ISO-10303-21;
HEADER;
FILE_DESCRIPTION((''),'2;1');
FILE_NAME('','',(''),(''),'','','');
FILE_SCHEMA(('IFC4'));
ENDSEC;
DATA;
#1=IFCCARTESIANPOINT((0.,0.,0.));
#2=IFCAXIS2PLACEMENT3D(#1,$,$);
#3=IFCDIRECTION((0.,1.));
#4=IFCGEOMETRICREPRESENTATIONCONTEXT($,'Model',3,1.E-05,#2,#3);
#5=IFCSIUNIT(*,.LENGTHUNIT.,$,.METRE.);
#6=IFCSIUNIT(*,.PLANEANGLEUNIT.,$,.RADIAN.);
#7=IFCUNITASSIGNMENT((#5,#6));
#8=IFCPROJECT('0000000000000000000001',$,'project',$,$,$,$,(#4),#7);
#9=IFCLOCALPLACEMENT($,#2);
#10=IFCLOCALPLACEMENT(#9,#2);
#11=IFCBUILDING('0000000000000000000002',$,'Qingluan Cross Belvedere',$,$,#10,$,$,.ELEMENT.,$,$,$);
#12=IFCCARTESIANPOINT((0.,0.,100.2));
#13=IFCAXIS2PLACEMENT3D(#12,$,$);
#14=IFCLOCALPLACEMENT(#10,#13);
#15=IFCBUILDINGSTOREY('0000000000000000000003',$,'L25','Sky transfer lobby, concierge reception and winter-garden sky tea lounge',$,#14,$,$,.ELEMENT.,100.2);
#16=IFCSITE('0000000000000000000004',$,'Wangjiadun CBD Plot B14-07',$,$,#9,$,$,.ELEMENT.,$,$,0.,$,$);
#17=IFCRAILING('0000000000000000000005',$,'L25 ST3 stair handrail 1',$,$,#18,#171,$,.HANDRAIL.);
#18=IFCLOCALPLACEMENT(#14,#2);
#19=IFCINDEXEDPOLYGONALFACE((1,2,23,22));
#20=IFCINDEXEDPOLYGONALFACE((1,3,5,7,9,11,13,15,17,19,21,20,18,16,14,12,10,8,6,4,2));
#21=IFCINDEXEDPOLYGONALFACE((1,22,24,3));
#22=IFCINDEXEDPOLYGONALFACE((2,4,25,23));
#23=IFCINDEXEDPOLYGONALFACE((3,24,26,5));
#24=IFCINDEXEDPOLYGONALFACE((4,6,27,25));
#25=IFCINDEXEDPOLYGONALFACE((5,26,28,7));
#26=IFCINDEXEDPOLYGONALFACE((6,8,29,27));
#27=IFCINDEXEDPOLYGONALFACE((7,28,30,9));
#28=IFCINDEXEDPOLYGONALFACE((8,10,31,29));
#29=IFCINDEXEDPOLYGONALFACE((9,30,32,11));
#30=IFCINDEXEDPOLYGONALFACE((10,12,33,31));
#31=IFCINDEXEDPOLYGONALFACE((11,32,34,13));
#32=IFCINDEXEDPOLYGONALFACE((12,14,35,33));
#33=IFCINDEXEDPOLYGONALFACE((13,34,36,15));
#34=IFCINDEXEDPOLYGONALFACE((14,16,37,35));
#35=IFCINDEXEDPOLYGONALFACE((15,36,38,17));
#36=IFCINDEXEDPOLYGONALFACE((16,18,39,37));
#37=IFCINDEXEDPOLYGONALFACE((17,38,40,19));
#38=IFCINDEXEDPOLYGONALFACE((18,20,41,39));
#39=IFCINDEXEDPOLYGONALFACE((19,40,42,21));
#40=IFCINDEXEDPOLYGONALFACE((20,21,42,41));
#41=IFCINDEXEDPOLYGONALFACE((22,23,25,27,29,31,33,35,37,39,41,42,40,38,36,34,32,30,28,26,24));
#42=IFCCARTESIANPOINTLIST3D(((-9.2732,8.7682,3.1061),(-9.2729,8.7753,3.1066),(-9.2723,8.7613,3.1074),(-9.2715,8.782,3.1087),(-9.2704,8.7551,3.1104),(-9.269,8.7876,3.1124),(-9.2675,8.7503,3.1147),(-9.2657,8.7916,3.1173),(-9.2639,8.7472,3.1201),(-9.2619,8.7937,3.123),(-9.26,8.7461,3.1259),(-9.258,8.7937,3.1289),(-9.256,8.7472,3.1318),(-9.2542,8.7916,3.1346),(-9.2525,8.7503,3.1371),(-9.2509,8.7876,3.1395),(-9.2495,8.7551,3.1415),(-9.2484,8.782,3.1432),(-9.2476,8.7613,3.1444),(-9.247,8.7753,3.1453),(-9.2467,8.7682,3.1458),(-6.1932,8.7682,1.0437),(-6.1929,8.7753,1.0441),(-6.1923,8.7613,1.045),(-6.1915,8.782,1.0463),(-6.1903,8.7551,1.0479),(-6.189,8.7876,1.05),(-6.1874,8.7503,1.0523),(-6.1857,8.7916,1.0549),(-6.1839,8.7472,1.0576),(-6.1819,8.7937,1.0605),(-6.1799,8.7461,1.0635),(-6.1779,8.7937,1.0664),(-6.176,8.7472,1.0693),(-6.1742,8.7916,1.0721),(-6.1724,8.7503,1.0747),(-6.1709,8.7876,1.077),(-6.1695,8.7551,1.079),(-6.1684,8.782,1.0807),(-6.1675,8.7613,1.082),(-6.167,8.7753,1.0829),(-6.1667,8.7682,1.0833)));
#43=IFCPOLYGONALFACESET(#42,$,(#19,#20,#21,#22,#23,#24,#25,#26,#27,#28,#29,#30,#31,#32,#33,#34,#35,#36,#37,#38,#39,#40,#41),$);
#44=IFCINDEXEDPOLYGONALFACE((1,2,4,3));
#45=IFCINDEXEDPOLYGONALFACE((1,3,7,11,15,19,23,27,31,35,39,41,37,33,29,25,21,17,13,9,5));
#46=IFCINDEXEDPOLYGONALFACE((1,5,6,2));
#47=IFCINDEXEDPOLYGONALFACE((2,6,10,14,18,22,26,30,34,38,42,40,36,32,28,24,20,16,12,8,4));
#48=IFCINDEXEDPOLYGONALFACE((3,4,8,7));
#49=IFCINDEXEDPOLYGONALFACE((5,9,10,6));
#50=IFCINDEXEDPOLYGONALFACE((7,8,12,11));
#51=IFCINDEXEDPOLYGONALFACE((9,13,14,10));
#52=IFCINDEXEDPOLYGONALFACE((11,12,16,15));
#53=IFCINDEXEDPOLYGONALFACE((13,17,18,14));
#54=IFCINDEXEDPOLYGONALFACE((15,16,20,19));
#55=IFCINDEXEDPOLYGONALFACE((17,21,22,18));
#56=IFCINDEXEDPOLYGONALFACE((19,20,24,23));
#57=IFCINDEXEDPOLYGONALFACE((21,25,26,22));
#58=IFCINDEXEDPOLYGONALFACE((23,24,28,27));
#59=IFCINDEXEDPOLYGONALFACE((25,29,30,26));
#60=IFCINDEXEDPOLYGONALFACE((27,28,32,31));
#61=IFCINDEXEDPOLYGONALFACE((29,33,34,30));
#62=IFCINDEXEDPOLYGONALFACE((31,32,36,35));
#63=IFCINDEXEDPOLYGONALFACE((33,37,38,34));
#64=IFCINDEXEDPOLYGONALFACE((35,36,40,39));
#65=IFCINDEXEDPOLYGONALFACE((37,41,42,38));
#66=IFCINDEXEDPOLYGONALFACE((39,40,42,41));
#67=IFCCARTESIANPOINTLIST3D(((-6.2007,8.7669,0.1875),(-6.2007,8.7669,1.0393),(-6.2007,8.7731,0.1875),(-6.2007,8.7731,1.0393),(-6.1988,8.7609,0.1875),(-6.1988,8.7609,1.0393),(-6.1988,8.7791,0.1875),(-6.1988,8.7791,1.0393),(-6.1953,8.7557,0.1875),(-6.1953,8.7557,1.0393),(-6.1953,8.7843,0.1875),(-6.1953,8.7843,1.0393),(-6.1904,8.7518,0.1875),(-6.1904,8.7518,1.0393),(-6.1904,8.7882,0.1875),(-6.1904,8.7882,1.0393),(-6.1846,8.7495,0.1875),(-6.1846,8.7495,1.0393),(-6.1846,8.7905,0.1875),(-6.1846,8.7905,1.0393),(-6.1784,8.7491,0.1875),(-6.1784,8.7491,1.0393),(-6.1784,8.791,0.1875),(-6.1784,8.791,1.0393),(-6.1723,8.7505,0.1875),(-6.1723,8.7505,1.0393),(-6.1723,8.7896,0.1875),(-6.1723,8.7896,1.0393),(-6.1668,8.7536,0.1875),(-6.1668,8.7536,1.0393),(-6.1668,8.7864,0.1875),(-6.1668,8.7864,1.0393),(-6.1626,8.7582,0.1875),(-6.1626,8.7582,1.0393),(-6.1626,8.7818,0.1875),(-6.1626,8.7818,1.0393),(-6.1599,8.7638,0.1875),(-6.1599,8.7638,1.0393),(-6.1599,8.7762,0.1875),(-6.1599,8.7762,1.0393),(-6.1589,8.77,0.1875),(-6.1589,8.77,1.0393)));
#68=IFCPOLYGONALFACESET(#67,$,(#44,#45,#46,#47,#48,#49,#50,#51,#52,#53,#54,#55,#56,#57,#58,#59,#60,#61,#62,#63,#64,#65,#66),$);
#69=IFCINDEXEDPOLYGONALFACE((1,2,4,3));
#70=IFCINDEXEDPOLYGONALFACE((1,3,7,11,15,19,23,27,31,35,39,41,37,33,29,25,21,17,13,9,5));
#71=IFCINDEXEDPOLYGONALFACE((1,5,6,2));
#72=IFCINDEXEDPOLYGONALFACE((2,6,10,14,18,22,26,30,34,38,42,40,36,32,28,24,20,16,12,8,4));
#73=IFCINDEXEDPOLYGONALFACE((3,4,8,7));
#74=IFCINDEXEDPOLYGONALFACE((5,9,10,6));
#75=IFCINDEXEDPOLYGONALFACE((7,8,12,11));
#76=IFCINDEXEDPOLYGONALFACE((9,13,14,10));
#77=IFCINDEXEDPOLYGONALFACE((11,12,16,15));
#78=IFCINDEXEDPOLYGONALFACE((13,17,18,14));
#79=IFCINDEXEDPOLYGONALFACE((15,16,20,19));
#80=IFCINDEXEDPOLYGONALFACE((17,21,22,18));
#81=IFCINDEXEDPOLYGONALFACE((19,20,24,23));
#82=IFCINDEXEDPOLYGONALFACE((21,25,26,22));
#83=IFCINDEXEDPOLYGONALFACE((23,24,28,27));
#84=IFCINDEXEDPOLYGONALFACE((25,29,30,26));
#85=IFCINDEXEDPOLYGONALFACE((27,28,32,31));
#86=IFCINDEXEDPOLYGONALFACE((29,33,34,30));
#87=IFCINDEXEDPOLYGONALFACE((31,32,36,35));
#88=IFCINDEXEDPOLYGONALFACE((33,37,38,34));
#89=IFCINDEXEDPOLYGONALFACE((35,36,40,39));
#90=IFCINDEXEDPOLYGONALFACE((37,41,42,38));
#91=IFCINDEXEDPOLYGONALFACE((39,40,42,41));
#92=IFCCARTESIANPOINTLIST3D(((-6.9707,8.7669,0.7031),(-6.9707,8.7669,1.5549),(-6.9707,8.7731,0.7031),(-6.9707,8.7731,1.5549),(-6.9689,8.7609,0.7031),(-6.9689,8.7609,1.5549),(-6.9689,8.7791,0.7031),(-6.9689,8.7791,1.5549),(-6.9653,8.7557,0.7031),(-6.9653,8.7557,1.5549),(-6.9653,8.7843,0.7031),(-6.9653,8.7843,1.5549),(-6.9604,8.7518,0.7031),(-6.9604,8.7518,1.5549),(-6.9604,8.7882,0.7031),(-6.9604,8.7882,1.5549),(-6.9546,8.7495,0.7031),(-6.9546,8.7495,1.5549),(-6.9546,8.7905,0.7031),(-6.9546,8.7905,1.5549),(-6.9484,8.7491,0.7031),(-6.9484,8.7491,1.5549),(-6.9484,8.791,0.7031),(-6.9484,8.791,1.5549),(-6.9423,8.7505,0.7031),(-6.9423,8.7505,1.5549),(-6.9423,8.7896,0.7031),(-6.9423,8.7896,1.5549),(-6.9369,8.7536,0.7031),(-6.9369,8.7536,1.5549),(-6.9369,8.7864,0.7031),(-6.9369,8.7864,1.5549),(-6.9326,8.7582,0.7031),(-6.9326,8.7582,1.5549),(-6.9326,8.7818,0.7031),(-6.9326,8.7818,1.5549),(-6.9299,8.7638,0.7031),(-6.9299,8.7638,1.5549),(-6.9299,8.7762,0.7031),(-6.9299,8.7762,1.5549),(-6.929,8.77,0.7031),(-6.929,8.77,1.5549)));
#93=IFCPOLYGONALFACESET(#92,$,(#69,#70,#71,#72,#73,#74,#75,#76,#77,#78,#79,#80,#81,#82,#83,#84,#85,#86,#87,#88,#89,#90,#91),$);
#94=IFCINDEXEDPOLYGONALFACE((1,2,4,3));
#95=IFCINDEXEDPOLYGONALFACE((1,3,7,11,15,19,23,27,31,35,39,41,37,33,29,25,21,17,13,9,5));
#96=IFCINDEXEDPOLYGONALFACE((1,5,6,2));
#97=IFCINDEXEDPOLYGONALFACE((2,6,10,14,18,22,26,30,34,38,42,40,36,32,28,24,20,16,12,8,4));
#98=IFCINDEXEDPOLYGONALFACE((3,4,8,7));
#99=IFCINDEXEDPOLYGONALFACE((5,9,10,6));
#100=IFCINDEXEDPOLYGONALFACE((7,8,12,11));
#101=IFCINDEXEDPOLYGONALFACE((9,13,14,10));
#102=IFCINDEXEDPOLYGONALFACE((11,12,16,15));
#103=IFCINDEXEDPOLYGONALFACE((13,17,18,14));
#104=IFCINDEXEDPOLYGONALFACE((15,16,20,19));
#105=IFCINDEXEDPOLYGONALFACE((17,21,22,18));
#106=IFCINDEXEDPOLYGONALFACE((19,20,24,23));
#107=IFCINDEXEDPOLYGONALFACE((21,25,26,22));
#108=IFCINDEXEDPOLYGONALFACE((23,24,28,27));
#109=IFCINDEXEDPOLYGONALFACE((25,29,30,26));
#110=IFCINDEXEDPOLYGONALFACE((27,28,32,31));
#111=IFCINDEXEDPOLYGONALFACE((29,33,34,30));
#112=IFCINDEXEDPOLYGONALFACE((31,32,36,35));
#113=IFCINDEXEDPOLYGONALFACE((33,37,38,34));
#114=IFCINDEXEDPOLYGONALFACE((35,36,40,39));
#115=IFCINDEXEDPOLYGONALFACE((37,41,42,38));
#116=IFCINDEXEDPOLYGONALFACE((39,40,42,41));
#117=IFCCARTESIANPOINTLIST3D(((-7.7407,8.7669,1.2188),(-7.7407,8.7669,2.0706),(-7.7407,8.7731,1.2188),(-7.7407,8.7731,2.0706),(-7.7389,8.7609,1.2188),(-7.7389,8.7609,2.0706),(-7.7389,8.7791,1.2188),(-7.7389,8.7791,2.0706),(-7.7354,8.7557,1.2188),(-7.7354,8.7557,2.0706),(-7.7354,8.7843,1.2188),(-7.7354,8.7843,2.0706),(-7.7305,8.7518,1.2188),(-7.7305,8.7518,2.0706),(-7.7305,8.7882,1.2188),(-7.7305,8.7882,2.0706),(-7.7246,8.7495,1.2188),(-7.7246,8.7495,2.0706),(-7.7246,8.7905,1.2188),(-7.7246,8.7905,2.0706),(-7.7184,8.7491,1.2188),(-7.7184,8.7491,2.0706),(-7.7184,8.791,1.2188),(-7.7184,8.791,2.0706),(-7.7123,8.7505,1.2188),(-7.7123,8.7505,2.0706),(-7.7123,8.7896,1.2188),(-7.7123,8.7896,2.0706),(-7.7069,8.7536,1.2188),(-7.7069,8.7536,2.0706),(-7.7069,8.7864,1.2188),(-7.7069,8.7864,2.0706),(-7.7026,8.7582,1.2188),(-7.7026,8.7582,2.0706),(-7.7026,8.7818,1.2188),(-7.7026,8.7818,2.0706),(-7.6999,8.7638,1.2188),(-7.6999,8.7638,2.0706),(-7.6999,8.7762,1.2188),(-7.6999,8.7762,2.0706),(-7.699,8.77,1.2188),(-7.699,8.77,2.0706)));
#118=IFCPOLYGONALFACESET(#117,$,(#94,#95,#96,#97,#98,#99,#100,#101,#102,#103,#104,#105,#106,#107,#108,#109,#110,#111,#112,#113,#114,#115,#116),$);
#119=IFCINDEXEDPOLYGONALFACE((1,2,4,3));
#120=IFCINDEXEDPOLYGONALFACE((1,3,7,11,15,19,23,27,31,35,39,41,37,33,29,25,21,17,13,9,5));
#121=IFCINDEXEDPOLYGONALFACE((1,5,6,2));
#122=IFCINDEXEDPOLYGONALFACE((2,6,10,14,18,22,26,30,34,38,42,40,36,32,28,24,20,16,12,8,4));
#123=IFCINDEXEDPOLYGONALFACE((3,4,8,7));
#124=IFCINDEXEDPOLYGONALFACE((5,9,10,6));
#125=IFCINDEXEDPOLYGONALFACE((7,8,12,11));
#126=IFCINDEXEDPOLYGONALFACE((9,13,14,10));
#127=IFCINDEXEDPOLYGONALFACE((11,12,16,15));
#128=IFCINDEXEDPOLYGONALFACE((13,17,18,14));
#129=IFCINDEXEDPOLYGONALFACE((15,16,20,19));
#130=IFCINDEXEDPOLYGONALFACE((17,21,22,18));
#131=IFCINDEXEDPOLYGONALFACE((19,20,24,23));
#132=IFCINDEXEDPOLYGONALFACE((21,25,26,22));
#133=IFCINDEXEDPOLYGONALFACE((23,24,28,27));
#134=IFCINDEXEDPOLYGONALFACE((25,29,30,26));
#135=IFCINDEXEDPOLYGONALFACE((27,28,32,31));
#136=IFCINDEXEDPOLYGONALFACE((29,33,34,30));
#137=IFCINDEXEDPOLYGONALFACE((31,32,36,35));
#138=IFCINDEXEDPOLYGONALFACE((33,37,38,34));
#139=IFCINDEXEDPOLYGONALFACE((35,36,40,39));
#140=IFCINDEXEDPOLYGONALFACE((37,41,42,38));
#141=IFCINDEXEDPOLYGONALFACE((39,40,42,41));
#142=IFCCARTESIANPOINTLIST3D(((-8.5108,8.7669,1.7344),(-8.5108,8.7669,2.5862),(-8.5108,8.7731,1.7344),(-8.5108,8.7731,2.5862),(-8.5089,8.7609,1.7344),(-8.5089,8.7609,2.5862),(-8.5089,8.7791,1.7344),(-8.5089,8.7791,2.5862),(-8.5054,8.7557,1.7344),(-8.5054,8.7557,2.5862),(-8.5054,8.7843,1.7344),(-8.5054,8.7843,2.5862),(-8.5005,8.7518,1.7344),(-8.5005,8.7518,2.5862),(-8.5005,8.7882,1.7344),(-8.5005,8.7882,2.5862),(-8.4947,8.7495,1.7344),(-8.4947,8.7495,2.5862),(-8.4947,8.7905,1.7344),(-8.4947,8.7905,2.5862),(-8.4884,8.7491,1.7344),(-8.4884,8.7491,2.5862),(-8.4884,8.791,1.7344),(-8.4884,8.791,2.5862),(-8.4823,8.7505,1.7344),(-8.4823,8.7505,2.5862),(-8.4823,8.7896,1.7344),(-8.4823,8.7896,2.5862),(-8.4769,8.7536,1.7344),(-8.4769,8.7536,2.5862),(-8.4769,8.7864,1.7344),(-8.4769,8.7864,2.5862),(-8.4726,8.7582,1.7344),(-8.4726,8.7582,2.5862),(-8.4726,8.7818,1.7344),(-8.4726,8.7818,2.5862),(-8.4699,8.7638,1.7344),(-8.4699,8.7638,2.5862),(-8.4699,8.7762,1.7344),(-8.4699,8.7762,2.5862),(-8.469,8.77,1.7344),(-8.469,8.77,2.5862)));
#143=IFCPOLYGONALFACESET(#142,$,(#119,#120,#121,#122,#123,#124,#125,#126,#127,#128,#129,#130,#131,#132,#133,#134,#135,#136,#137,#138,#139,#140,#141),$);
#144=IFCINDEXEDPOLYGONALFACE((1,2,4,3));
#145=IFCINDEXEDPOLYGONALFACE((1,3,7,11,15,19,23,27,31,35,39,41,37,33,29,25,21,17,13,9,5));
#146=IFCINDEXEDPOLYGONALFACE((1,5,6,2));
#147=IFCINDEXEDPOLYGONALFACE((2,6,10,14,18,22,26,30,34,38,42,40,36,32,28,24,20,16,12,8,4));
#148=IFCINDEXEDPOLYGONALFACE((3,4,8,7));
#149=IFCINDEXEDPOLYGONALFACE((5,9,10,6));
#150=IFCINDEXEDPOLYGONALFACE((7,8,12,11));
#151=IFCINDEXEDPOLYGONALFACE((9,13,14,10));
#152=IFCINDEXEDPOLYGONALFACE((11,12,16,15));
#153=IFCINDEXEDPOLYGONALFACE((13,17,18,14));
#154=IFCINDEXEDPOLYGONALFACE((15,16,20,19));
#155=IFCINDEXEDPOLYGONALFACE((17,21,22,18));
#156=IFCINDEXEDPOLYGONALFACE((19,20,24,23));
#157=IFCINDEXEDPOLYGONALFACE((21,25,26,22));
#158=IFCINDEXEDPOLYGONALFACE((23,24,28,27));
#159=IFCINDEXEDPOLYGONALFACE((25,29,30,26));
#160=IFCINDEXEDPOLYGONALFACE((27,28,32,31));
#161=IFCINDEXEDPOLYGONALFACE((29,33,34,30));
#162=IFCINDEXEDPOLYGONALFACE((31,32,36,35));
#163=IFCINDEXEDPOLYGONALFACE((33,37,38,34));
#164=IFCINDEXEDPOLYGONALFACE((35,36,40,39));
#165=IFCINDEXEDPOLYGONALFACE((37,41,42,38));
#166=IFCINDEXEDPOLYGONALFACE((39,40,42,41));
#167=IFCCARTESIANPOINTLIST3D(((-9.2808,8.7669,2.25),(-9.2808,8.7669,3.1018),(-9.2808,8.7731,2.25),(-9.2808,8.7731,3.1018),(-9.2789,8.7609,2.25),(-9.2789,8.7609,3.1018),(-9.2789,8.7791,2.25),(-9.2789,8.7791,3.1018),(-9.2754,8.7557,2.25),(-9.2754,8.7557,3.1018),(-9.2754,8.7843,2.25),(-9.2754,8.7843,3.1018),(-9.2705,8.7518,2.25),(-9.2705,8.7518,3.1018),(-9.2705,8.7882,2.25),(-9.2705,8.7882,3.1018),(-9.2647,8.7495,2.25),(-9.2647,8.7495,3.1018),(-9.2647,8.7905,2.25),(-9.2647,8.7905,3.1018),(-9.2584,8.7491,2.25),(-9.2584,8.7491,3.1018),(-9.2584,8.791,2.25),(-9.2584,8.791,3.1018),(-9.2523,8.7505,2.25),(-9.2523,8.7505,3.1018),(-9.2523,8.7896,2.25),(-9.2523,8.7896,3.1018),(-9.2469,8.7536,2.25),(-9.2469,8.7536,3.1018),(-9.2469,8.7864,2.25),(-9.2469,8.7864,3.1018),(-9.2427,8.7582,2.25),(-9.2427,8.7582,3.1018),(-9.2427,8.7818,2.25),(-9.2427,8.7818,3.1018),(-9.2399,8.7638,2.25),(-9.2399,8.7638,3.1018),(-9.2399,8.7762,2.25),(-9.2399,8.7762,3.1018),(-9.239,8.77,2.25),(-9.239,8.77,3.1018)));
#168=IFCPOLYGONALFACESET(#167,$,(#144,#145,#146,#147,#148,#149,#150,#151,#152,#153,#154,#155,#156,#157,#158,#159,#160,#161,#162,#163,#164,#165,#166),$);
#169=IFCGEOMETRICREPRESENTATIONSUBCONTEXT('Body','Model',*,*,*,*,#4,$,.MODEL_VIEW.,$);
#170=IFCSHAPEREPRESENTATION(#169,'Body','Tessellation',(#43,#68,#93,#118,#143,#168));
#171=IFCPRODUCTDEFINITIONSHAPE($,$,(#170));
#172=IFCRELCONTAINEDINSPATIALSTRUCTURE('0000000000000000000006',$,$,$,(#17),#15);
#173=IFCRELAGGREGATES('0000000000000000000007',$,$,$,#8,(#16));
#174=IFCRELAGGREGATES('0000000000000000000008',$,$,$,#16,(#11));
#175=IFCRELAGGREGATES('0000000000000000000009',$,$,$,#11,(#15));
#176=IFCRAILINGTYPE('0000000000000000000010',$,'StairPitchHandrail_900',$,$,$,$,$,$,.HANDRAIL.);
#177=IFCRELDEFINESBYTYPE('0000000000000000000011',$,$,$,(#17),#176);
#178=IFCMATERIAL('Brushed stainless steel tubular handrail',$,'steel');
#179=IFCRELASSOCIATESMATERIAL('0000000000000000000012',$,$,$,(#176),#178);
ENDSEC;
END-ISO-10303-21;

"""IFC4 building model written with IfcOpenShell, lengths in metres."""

from ifc_helpers import new_model, si_unit, direction, frame, origin, origin_2d, place, context, subcontext, project, spatial, circle, extrude, material, type_object, element, save


model = new_model("IFC4")

# Units and contexts
model_context = context("Model", 3, precision=1e-05, world=origin(), true_north=direction((0.0, 1.0)))
body_context = subcontext(model_context, "Body", "Model", "MODEL_VIEW")
ifc_project = project(units=[si_unit("LENGTHUNIT", "METRE"), si_unit("PLANEANGLEUNIT", "RADIAN")], contexts=[model_context])

# Site, building, storey
site_placement = place(None, origin())
site = spatial("IfcSite", under=ifc_project, at=site_placement, Name="Wangjiadun CBD Plot B14-07", CompositionType="ELEMENT", RefElevation=0.0)
building_placement = place(site_placement, origin())
building = spatial("IfcBuilding", under=site, at=building_placement, Name="Qingluan Cross Belvedere", CompositionType="ELEMENT")
storey_placement = place(building_placement, frame((0.0, 0.0, 100.2)))
storey = spatial("IfcBuildingStorey", under=building, at=storey_placement, Name="L25", Description="Sky transfer lobby, concierge reception and winter-garden sky tea lounge", CompositionType="ELEMENT", Elevation=100.2)

# Railing
ifc_material_1 = material(Name="Brushed stainless steel tubular handrail", Category="steel")
railing_type = type_object("IfcRailingType", Name="StairPitchHandrail_900", PredefinedType="HANDRAIL", material=ifc_material_1)
railing_placement = place(storey_placement, frame((-6.1799, 8.77, 0.1875)))
element("IfcRailing", 1, at=railing_placement, inside=storey, type_object=railing_type, Name="L25 ST3 stair handrail 1", PredefinedType="HANDRAIL", context=body_context, shape_type="SweptSolid", body=[
    extrude(circle(Radius=0.0239, at=origin_2d()), frame((0.0, 0.0, 0.876), z_axis=(-0.830914, 0.0, 0.556401), x_axis=(0.0, -1.0, 0.0)), (0.0, 0.0, 1.0), 3.7068),
    extrude(circle(Radius=0.021, at=origin_2d()), origin(), (0.0, 0.0, 1.0), 0.8518),
    extrude(circle(Radius=0.021, at=origin_2d()), frame((-0.77, 0.0, 0.5156)), (0.0, 0.0, 1.0), 0.8518),
    extrude(circle(Radius=0.021, at=origin_2d()), frame((-1.54, 0.0, 1.0312)), (0.0, 0.0, 1.0), 0.8518),
    extrude(circle(Radius=0.021, at=origin_2d()), frame((-2.3101, 0.0, 1.5469)), (0.0, 0.0, 1.0), 0.8518),
    extrude(circle(Radius=0.021, at=origin_2d()), frame((-3.0801, 0.0, 2.0625)), (0.0, 0.0, 1.0), 0.8518),
])

save(model, "model.ifc")
